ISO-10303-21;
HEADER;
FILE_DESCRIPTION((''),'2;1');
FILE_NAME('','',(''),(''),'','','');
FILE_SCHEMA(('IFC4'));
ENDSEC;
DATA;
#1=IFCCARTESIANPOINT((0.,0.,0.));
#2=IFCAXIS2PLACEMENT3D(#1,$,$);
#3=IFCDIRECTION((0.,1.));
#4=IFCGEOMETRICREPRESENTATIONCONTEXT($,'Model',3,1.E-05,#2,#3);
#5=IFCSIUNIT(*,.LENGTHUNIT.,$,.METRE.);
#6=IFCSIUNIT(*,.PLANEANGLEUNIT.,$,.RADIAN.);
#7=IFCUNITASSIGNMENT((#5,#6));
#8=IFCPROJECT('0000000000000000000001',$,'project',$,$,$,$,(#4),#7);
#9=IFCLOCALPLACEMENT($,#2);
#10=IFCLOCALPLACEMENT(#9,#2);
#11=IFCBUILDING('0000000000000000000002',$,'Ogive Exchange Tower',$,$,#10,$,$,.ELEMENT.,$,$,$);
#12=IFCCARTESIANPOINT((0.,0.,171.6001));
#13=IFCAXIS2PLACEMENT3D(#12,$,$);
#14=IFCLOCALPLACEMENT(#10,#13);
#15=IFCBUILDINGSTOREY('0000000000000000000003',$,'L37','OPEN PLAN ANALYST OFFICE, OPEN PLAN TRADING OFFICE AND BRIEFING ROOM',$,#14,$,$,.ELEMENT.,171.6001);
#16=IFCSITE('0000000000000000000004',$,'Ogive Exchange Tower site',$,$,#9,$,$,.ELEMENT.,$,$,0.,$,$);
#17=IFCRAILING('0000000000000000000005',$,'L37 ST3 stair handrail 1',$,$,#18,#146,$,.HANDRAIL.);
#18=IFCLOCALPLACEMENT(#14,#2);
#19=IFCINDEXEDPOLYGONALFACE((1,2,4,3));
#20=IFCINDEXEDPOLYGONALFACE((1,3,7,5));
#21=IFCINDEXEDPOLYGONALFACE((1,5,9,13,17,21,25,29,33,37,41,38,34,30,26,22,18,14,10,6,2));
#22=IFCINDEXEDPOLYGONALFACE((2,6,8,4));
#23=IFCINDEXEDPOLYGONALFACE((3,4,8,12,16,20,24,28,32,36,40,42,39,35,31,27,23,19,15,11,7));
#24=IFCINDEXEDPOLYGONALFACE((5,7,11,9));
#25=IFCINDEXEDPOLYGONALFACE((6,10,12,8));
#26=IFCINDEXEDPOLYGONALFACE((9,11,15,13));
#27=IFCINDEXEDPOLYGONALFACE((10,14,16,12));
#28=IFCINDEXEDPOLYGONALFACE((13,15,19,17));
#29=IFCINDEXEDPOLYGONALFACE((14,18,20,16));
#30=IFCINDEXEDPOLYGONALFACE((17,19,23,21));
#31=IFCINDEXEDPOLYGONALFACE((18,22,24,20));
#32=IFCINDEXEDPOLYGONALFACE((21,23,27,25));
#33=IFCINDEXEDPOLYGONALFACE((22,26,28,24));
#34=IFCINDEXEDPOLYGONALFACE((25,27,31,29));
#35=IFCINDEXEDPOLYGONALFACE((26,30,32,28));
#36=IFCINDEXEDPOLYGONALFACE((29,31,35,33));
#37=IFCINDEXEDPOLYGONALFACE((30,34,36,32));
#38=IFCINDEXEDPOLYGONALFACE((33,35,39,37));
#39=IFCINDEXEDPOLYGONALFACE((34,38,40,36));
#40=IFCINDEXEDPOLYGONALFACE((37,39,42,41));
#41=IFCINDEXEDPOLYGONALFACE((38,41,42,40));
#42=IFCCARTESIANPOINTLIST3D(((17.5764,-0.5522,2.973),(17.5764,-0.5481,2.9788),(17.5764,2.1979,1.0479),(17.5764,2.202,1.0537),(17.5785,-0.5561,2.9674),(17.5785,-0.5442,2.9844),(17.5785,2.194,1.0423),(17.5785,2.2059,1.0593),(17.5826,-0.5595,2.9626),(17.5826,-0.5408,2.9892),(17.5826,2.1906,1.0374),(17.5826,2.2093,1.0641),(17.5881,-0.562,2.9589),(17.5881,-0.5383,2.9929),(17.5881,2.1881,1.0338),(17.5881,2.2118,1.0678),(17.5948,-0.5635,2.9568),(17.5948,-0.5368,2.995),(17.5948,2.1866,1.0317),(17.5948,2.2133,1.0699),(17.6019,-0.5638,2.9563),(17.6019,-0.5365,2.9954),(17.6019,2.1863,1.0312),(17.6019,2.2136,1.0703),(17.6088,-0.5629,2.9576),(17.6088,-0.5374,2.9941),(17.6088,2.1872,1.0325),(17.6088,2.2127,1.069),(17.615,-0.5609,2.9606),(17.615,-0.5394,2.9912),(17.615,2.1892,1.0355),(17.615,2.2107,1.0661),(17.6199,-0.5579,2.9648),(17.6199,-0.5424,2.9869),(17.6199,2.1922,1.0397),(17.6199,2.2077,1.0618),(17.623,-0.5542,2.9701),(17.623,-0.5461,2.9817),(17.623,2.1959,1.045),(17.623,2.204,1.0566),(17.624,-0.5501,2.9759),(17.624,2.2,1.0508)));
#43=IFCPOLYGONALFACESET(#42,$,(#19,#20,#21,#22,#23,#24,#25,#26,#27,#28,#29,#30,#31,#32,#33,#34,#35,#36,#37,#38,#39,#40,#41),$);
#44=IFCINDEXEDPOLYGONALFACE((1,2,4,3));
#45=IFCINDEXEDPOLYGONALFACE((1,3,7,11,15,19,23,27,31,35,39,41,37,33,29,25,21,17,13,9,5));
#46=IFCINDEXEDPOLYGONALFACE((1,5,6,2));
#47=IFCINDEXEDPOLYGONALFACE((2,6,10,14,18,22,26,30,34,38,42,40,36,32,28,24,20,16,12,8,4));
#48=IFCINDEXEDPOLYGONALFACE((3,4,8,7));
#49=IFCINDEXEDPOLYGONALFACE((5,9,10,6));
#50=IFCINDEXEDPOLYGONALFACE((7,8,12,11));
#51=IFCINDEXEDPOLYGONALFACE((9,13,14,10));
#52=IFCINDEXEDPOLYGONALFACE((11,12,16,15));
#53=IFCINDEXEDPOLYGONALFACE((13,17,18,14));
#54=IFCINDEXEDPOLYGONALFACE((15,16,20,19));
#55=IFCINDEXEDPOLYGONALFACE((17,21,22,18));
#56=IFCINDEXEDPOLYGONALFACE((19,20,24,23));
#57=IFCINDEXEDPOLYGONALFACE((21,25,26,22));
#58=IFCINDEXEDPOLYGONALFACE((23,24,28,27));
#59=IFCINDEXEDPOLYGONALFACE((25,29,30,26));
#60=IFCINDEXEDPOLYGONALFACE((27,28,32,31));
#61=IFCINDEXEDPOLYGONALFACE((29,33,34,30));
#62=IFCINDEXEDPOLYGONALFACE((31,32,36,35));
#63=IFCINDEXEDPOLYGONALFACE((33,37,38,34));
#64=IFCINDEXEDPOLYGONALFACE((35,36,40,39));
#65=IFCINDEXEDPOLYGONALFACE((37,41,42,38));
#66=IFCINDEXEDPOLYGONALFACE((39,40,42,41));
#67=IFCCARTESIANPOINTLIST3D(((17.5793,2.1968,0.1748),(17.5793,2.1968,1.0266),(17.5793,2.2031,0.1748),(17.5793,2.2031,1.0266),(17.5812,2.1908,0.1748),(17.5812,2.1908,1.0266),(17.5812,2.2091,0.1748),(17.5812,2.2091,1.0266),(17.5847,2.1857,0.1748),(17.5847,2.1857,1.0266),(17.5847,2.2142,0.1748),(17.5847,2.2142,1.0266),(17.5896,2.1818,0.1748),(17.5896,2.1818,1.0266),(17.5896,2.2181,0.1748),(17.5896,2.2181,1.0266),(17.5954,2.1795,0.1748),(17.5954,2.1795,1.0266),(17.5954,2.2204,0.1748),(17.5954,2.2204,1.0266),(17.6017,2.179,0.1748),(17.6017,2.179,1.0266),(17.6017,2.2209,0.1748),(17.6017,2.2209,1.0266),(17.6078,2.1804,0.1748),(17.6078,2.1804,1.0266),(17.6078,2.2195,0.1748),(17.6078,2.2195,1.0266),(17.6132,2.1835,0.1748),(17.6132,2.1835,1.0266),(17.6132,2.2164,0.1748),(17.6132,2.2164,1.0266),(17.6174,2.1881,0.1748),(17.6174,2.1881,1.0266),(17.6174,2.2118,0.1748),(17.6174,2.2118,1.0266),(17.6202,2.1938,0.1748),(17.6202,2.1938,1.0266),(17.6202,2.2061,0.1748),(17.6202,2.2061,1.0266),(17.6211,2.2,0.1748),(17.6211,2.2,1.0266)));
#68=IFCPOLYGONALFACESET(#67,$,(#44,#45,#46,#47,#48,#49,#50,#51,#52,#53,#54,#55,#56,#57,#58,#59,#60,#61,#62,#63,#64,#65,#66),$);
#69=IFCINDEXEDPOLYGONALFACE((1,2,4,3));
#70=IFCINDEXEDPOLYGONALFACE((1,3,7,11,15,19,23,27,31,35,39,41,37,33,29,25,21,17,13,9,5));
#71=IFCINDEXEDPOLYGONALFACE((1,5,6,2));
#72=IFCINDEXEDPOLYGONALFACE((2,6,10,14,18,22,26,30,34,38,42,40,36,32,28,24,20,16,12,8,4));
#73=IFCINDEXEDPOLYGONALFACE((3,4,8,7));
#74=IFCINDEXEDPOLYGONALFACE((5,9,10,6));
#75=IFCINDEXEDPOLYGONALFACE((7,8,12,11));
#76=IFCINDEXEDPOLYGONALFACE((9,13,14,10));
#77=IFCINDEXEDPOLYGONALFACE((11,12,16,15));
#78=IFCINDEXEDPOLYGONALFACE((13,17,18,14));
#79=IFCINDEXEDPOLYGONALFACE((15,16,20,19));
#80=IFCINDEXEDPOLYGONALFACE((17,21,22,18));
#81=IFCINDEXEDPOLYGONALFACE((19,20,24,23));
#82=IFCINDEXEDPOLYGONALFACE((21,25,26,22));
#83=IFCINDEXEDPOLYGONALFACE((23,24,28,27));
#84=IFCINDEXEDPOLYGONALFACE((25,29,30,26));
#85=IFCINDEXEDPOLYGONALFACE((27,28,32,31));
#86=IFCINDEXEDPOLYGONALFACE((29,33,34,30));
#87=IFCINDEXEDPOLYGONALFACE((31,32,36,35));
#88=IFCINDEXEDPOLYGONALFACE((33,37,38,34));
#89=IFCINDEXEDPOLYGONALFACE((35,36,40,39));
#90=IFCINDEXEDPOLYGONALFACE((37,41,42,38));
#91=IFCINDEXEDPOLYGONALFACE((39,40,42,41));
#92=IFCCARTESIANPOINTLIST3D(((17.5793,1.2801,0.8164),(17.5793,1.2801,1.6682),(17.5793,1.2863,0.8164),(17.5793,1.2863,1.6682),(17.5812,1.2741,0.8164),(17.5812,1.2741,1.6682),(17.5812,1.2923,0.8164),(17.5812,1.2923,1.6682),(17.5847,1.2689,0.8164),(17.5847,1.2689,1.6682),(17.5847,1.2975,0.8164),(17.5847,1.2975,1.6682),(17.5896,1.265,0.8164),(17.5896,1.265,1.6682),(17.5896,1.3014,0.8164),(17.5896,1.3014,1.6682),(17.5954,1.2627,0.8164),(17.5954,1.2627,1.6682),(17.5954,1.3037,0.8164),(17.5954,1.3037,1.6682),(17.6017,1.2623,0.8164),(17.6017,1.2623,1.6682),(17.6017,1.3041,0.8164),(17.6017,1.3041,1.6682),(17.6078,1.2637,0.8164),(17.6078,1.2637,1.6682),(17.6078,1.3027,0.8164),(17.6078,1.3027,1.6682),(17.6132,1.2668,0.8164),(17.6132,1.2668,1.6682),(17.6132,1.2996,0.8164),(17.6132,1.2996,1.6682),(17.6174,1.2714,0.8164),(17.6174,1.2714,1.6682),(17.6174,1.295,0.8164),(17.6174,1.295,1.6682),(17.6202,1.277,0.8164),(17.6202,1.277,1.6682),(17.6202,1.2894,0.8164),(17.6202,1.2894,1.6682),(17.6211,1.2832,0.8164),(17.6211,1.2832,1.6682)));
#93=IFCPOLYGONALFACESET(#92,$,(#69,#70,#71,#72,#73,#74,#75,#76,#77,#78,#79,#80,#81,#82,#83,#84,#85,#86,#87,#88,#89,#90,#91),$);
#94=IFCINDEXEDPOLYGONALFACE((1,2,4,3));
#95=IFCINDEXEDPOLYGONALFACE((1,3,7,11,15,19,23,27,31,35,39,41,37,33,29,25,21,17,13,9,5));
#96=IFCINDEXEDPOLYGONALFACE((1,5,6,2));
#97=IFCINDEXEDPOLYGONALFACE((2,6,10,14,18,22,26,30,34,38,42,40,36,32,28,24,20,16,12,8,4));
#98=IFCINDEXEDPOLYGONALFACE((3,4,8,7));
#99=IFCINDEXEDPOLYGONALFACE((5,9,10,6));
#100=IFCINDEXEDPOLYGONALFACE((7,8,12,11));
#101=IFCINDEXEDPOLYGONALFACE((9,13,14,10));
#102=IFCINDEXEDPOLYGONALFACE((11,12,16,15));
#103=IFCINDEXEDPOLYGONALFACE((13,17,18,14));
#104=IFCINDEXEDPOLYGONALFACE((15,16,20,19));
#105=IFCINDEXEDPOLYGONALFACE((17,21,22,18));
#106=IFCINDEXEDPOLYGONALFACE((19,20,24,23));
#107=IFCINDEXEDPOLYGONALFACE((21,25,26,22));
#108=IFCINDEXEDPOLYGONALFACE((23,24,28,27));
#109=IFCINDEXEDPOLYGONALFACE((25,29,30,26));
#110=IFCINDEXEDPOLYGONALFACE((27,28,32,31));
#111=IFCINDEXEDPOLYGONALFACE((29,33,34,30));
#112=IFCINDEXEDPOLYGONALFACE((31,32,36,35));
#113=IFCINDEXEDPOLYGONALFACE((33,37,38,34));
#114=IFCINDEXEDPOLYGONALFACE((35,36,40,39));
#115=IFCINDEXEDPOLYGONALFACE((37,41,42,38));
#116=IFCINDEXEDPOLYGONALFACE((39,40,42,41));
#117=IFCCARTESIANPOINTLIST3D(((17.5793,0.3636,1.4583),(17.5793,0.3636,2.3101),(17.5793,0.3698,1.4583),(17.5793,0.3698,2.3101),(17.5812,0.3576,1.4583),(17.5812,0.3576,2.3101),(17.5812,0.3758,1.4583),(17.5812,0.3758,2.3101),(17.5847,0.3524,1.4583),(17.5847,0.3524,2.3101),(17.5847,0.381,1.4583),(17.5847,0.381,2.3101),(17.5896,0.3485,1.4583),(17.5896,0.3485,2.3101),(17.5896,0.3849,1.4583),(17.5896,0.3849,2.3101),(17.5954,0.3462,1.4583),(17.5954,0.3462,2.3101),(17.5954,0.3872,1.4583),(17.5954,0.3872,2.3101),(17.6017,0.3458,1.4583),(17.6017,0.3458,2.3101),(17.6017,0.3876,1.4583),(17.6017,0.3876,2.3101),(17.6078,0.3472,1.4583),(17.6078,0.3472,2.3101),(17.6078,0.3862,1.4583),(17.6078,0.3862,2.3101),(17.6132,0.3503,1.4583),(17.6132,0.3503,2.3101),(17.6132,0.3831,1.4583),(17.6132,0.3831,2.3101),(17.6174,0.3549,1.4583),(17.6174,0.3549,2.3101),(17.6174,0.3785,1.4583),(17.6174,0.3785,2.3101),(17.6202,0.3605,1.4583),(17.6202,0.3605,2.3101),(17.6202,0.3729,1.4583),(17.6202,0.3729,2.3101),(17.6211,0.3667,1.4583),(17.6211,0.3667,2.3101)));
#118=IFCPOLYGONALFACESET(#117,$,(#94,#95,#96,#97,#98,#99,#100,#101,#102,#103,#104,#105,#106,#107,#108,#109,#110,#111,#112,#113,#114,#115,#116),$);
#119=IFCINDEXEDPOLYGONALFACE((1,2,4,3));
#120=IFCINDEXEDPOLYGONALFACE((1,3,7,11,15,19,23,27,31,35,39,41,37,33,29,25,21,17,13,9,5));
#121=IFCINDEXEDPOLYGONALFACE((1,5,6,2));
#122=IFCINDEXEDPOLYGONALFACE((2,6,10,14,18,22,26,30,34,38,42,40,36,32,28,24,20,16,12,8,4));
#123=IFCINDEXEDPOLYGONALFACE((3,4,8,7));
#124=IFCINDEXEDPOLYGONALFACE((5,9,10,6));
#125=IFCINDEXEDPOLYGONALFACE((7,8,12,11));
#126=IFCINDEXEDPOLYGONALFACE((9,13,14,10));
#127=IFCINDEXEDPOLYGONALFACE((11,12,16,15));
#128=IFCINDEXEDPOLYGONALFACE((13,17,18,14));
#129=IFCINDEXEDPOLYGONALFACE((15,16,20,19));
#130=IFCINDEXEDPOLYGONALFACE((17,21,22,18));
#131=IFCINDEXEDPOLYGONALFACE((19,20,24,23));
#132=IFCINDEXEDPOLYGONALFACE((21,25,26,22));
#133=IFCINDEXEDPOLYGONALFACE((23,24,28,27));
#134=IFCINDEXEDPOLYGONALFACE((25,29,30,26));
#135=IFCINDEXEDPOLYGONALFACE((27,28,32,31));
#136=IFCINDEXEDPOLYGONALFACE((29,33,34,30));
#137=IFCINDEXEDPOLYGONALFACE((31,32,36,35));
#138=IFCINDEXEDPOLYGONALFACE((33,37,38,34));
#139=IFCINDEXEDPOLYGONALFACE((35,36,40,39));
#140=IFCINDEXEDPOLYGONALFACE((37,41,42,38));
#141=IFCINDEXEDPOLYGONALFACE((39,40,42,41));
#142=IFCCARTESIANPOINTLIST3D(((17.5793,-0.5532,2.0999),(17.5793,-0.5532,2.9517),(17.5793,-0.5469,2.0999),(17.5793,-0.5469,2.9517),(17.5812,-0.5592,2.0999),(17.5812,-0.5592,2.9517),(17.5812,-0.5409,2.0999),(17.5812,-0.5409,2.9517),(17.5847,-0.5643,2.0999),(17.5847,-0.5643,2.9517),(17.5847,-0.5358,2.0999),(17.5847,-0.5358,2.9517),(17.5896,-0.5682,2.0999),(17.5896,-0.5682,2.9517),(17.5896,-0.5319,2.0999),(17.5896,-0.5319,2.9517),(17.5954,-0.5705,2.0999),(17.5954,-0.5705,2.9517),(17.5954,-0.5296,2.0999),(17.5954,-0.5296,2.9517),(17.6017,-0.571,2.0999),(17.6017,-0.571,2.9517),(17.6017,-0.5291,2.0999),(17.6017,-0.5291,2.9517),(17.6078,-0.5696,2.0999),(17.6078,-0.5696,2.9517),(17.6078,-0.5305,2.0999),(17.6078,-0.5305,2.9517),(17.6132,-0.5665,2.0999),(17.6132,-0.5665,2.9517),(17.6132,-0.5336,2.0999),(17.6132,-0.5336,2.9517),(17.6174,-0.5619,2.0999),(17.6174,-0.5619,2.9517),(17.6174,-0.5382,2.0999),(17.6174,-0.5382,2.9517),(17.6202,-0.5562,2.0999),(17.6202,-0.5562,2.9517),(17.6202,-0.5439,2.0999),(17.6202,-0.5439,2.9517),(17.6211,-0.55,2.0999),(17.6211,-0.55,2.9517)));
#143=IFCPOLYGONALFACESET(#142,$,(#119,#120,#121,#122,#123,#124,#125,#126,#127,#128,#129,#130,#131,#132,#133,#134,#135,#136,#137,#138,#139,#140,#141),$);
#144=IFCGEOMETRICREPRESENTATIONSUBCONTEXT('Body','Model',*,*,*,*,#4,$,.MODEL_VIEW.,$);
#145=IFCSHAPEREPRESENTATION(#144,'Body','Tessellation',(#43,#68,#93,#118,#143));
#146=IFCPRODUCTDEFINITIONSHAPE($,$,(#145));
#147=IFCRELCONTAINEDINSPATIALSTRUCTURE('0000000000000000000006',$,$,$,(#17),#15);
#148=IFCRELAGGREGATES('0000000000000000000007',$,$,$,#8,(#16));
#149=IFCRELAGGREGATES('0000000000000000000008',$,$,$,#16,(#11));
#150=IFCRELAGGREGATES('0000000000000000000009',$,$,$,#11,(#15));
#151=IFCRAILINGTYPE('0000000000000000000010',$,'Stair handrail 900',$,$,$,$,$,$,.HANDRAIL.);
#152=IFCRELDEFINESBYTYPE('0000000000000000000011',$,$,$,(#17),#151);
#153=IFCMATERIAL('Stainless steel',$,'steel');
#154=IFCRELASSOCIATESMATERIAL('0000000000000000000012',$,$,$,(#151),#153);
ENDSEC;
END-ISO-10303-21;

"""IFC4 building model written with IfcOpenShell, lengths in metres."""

from ifc_helpers import new_model, si_unit, direction, frame, origin, origin_2d, place, context, subcontext, project, spatial, circle, extrude, material, type_object, element, save


model = new_model("IFC4")

# Units and contexts
model_context = context("Model", 3, precision=1e-05, world=origin(), true_north=direction((0.0, 1.0)))
body_context = subcontext(model_context, "Body", "Model", "MODEL_VIEW")
ifc_project = project(units=[si_unit("LENGTHUNIT", "METRE"), si_unit("PLANEANGLEUNIT", "RADIAN")], contexts=[model_context])

# Site, building, storey
site_placement = place(None, origin())
site = spatial("IfcSite", under=ifc_project, at=site_placement, Name="Ogive Exchange Tower site", CompositionType="ELEMENT", RefElevation=0.0)
building_placement = place(site_placement, origin())
building = spatial("IfcBuilding", under=site, at=building_placement, Name="Ogive Exchange Tower", CompositionType="ELEMENT")
storey_placement = place(building_placement, frame((0.0, 0.0, 171.6001)))
storey = spatial("IfcBuildingStorey", under=building, at=storey_placement, Name="L37", Description="OPEN PLAN ANALYST OFFICE, OPEN PLAN TRADING OFFICE AND BRIEFING ROOM", CompositionType="ELEMENT", Elevation=171.6001)

# Shared definitions
ifc_material_1 = material(Name="Stainless steel", Category="steel")

# Railing
railing_type = type_object("IfcRailingType", Name="Stair handrail 900", PredefinedType="HANDRAIL", material=ifc_material_1)
railing_1_placement = place(storey_placement, frame((17.6001, 2.2, 0.1748)))
element("IfcRailing", 1, at=railing_1_placement, inside=storey, type_object=railing_type, Name="L37 ST3 stair handrail 1", PredefinedType="HANDRAIL", context=body_context, shape_type="SweptSolid", body=[
    extrude(circle(Radius=0.0239, at=origin_2d()), frame((0.0, 0.0, 0.876), z_axis=(0.0, -0.819225, 0.573472), x_axis=(1.0, 0.0, 0.0)), (0.0, 0.0, 1.0), 3.3569),
    extrude(circle(Radius=0.021, at=origin_2d()), origin(), (0.0, 0.0, 1.0), 0.8518),
    extrude(circle(Radius=0.021, at=origin_2d()), frame((0.0, -0.9167, 0.6416)), (0.0, 0.0, 1.0), 0.8518),
    extrude(circle(Radius=0.021, at=origin_2d()), frame((0.0, -1.8333, 1.2834)), (0.0, 0.0, 1.0), 0.8518),
    extrude(circle(Radius=0.021, at=origin_2d()), frame((0.0, -2.75, 1.925)), (0.0, 0.0, 1.0), 0.8518),
])

save(model, "model.ifc")
